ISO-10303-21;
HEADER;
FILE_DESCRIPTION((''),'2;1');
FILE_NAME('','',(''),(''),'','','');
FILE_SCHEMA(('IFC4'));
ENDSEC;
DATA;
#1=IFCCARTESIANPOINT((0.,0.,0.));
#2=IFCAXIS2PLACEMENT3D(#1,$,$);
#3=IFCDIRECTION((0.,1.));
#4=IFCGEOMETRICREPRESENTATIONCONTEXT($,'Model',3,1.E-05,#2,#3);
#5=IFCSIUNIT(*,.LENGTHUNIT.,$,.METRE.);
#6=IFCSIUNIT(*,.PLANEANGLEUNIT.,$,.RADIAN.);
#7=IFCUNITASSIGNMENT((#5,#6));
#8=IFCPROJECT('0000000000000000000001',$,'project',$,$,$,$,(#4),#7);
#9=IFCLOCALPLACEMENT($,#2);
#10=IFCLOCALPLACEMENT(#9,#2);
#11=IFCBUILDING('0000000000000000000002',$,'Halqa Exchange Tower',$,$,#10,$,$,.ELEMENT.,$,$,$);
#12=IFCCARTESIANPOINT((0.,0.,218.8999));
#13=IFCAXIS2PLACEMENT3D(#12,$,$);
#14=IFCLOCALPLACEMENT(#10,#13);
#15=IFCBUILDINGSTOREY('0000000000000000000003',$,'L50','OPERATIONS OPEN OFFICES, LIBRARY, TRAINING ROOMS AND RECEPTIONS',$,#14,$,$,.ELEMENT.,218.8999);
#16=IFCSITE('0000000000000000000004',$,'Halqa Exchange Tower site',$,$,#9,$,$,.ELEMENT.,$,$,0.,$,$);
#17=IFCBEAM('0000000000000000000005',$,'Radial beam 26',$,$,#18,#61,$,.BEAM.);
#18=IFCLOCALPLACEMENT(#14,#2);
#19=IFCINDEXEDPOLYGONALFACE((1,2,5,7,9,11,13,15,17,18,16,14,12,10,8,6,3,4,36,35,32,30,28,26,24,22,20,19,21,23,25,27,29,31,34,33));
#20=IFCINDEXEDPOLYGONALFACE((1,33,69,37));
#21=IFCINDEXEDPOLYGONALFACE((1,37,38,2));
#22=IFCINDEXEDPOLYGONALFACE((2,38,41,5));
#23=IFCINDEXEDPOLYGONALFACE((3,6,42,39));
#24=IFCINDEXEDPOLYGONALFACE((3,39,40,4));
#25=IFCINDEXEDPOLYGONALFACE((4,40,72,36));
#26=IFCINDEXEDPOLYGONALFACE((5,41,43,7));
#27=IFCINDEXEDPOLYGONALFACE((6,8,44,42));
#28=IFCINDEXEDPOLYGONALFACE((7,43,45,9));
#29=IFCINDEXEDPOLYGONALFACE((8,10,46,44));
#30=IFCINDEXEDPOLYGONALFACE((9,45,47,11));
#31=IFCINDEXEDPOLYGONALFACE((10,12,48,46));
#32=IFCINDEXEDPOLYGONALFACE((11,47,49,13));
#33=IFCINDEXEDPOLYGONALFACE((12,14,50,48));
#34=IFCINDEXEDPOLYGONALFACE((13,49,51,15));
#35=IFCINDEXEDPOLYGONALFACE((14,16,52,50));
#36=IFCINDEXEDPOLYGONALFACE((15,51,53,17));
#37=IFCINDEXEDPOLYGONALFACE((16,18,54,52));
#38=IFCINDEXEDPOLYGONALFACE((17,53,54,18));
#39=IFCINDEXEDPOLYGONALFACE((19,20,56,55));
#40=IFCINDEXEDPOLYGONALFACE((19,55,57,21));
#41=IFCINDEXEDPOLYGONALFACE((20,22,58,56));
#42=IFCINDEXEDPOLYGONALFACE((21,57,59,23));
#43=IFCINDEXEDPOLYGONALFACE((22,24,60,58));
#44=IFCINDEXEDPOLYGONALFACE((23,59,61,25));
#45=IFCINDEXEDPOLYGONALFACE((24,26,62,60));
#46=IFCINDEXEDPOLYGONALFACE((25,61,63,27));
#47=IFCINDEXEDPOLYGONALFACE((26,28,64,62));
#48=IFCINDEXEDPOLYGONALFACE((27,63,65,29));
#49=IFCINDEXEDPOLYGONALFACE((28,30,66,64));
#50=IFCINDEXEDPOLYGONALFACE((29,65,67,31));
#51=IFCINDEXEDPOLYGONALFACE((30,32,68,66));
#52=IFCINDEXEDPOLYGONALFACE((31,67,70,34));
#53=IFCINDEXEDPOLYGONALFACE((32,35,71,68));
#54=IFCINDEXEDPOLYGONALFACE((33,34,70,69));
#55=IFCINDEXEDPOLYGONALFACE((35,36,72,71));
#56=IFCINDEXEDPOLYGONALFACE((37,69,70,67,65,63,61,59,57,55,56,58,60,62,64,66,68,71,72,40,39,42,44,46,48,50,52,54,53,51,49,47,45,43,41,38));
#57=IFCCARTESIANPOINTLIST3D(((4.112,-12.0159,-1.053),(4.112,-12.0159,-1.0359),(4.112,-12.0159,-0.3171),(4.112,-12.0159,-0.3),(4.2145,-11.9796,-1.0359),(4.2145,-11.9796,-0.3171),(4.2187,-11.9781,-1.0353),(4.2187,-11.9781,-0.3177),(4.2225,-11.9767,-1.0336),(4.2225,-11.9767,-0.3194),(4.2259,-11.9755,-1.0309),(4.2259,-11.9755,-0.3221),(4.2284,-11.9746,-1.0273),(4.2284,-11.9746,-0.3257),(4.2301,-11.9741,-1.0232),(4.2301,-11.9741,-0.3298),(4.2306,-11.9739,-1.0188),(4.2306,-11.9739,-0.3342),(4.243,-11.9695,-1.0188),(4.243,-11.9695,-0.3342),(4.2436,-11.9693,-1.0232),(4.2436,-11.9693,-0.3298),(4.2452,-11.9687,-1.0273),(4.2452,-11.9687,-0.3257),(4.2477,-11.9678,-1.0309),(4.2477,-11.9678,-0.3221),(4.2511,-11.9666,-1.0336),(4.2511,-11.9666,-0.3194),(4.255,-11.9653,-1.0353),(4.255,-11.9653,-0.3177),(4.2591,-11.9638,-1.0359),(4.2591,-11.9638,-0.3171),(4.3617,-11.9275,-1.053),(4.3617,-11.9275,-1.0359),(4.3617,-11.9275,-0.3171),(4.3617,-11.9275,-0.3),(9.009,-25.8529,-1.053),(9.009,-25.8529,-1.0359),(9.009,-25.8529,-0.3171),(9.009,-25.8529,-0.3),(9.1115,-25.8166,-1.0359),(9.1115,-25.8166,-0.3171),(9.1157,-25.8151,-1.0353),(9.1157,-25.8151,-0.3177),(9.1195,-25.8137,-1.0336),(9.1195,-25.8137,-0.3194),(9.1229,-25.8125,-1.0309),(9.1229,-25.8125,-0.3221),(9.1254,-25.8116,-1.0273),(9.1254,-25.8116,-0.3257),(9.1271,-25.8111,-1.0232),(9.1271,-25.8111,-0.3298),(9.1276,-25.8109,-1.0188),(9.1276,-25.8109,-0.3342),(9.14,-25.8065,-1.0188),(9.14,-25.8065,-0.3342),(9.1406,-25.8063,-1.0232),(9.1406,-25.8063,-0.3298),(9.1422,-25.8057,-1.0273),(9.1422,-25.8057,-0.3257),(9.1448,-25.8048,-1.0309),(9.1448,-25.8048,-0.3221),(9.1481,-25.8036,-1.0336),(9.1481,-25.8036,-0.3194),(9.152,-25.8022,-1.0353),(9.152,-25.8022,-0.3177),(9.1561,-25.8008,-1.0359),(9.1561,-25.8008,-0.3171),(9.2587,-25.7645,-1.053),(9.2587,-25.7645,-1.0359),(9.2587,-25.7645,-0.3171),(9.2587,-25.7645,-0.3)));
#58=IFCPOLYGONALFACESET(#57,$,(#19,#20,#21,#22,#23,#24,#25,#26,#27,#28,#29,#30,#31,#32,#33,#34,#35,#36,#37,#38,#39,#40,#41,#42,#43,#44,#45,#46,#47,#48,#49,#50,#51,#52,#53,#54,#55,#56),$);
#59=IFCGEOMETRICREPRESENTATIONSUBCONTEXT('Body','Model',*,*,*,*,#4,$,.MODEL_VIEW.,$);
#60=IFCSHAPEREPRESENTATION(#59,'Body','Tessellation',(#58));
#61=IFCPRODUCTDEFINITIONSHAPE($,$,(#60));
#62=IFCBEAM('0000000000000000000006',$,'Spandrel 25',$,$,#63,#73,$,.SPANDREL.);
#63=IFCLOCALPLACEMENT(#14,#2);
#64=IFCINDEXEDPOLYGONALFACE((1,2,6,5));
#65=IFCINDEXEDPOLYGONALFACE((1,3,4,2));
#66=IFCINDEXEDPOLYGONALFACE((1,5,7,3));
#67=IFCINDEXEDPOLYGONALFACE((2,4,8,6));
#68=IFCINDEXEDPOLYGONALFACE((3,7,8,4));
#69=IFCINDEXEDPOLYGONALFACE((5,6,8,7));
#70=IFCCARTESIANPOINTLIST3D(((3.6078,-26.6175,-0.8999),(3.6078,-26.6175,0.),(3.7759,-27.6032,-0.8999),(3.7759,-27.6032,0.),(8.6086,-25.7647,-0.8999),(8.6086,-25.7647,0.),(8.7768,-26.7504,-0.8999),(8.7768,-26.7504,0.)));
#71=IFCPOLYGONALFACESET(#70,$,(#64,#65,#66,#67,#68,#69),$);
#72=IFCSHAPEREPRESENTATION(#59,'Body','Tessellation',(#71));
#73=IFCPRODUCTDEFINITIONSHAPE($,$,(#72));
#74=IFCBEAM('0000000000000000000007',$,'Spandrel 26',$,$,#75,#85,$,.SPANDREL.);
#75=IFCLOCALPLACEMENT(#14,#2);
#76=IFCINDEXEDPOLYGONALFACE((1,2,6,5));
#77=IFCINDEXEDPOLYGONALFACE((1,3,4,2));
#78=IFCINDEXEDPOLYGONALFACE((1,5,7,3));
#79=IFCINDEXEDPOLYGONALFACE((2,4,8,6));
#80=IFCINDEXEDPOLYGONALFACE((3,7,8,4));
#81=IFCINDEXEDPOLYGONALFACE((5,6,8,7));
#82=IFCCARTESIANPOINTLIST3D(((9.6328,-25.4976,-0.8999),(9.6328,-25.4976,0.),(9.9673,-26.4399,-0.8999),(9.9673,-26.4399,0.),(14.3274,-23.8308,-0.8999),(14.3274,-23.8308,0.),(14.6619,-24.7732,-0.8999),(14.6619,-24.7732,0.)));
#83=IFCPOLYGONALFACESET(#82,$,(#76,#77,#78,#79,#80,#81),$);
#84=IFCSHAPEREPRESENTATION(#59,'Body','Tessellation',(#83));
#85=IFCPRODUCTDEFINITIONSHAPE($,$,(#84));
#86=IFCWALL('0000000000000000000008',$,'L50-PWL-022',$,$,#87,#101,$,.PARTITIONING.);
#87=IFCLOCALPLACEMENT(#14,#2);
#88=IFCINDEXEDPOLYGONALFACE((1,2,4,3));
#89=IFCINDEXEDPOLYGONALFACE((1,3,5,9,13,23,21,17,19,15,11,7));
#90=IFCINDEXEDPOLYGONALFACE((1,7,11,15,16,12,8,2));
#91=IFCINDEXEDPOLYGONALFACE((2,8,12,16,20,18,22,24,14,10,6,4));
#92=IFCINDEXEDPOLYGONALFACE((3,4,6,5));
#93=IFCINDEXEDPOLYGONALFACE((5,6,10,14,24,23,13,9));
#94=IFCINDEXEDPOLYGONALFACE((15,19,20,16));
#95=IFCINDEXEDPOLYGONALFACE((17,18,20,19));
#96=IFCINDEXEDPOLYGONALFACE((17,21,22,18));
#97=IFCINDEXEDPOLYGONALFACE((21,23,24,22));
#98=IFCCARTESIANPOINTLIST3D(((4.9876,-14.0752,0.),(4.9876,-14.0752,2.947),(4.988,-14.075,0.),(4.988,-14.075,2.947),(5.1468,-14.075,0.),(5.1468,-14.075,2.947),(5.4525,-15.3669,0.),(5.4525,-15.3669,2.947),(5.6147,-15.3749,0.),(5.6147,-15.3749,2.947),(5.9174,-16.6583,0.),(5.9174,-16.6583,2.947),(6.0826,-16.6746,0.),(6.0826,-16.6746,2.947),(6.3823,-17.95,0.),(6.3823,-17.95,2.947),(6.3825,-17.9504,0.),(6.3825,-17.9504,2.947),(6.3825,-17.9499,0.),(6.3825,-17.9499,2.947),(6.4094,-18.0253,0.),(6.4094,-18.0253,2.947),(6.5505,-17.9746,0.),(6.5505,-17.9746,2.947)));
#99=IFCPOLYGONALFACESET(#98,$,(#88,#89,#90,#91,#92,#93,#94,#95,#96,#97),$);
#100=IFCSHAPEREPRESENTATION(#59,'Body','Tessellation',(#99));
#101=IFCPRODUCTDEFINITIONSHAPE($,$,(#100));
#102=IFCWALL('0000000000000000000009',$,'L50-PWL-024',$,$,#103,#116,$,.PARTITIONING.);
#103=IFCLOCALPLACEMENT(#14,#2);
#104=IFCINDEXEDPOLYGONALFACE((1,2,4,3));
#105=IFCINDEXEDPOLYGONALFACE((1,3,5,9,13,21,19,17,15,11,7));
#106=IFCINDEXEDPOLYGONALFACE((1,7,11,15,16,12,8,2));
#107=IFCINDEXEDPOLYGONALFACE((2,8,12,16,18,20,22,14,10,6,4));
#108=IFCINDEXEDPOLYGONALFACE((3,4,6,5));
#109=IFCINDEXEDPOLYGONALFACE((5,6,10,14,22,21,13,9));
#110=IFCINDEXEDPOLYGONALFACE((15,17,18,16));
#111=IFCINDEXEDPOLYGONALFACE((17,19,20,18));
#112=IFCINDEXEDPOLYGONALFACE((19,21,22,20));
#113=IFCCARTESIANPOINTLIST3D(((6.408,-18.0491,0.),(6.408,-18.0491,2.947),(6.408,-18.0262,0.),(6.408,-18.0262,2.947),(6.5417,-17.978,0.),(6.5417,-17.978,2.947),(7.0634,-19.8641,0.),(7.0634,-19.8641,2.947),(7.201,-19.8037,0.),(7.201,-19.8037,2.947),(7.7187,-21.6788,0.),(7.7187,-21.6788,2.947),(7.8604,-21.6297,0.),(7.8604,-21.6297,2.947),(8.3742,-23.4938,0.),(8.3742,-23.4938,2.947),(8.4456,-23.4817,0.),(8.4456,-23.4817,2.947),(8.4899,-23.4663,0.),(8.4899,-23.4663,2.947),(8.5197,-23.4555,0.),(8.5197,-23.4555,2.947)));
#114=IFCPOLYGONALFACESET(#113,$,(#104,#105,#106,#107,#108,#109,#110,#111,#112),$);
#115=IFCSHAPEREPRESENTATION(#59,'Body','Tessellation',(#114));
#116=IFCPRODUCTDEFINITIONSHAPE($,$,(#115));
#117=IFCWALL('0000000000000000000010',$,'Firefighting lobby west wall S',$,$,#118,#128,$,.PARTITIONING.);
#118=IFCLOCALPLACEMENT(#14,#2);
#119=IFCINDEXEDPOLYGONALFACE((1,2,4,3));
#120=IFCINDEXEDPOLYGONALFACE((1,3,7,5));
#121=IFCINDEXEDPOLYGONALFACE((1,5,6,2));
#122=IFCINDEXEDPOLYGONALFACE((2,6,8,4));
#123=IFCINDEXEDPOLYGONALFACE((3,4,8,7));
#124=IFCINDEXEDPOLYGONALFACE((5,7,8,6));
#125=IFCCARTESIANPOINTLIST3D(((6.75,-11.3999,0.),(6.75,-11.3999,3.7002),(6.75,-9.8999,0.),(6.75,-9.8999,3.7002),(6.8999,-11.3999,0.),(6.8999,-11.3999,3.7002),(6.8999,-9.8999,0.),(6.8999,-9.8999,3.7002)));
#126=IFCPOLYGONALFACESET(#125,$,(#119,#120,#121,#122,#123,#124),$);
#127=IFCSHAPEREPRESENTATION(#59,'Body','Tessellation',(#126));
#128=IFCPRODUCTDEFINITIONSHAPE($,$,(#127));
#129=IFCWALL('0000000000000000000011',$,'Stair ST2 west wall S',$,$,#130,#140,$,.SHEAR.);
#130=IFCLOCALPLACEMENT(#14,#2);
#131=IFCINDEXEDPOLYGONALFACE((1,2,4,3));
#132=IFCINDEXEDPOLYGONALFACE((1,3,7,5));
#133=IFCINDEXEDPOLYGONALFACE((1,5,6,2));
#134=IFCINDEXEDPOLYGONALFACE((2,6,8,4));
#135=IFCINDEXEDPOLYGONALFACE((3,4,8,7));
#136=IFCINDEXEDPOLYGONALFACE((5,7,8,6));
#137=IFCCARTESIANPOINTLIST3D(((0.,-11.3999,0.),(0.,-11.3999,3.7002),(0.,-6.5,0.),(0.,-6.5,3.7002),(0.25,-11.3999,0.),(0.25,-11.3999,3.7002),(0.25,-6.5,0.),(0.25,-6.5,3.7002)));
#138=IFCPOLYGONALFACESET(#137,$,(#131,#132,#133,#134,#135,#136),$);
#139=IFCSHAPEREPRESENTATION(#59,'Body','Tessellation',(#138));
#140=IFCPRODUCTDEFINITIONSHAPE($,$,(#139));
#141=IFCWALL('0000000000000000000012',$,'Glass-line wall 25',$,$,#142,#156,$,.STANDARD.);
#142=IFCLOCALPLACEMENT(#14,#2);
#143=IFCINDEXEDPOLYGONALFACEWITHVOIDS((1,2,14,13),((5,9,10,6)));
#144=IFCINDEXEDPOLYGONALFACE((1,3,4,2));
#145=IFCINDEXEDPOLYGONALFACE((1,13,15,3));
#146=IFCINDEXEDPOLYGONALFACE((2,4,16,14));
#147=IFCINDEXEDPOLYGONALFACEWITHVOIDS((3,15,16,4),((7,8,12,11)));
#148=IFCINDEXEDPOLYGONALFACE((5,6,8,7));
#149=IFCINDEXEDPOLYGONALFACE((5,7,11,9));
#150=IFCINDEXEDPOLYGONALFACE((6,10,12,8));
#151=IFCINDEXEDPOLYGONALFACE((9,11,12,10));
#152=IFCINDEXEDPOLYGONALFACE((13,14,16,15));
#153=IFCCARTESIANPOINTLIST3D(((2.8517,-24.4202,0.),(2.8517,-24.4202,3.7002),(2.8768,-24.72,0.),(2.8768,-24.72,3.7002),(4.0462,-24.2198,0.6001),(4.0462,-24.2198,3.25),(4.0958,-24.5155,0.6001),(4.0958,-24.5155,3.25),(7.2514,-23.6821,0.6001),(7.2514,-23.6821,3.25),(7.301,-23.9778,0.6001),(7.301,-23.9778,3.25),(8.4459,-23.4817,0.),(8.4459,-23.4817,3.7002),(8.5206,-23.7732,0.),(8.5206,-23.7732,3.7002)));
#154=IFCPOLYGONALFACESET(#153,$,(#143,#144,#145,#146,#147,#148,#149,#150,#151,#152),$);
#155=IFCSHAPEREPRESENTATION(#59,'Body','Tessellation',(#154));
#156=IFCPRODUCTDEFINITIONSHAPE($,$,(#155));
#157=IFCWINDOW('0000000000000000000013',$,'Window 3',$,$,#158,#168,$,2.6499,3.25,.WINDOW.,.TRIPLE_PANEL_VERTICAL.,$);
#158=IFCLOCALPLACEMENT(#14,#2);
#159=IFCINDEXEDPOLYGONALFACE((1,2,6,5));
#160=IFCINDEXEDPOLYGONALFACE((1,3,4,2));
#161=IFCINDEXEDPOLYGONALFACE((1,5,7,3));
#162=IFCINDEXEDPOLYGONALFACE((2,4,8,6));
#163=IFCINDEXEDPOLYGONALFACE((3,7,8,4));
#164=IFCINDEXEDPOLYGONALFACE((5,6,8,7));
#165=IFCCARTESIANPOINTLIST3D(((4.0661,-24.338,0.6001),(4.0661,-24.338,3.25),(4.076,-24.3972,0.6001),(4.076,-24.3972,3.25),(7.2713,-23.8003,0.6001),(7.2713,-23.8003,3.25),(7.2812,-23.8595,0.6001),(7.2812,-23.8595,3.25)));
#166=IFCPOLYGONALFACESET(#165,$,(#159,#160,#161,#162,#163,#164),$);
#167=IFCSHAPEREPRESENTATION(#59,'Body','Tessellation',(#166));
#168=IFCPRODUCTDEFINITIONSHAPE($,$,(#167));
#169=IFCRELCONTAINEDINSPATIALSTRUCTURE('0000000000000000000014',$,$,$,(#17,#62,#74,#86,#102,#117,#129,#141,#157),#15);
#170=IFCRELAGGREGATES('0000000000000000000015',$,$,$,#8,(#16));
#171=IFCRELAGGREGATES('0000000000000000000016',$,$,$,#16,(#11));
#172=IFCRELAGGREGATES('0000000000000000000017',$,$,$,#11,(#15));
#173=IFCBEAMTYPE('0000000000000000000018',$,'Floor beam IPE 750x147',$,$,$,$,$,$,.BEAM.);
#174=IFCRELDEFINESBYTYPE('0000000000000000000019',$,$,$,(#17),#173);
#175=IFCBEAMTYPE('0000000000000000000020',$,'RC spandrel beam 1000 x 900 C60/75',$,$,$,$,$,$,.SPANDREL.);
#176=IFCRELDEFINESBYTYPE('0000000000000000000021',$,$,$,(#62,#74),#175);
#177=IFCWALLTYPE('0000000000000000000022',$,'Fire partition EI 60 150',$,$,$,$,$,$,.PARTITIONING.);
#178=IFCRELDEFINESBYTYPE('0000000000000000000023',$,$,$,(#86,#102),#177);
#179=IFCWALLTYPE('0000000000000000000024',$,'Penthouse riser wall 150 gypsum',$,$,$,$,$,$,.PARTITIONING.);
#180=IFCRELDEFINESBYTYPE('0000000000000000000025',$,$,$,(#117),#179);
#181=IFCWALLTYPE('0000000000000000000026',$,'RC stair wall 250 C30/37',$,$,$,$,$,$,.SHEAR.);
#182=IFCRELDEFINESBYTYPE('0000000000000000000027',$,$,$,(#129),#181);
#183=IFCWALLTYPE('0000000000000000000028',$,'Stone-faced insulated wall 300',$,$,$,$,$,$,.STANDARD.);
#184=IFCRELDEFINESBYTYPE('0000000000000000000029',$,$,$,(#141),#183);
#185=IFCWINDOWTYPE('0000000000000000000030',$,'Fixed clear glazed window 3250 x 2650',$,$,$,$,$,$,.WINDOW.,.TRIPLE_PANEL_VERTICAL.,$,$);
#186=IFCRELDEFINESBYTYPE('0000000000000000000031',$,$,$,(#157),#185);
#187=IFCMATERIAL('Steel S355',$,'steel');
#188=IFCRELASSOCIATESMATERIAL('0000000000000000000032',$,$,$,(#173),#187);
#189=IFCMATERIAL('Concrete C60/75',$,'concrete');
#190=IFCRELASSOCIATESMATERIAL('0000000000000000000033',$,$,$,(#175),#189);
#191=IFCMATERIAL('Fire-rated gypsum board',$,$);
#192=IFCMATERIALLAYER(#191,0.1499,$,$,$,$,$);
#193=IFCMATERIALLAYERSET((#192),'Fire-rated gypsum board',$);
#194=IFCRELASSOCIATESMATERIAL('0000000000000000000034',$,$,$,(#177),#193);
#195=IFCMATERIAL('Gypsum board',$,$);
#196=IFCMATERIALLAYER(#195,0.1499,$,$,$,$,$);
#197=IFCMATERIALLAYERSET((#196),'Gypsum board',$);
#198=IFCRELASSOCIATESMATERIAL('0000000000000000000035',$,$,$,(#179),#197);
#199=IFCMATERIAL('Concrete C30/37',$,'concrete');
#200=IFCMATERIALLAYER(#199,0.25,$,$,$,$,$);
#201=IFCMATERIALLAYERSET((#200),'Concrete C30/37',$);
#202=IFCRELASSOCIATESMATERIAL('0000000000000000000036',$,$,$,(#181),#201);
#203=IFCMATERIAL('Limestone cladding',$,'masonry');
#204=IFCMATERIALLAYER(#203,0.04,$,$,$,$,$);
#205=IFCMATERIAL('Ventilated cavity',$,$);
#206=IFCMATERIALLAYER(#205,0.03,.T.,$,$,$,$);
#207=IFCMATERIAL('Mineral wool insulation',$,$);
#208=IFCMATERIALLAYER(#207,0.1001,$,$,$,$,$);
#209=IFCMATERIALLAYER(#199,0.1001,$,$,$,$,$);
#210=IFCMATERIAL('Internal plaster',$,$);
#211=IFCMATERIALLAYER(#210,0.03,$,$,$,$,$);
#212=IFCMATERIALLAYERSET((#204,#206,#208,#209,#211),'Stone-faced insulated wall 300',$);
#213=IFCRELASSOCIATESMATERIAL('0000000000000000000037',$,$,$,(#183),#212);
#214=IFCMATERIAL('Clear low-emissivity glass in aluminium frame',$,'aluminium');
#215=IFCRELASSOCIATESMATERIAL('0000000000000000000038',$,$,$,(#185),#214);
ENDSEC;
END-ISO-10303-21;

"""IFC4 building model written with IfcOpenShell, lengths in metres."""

from ifc_helpers import new_model, si_unit, direction, frame, frame_2d, origin, origin_2d, place, context, subcontext, project, spatial, polyline, rectangle, i_section, outline, extrude, material, layer, layer_set, material_profile, profile_set, type_object, element, fill, save


model = new_model("IFC4")

# Units and contexts
model_context = context("Model", 3, precision=1e-05, world=origin(), true_north=direction((0.0, 1.0)))
body_context = subcontext(model_context, "Body", "Model", "MODEL_VIEW")
ifc_project = project(units=[si_unit("LENGTHUNIT", "METRE"), si_unit("PLANEANGLEUNIT", "RADIAN")], contexts=[model_context])

# Site, building, storey
site_placement = place(None, origin())
site = spatial("IfcSite", under=ifc_project, at=site_placement, Name="Halqa Exchange Tower site", CompositionType="ELEMENT", RefElevation=0.0)
building_placement = place(site_placement, origin())
building = spatial("IfcBuilding", under=site, at=building_placement, Name="Halqa Exchange Tower", CompositionType="ELEMENT")
storey_placement = place(building_placement, frame((0.0, 0.0, 218.8999)))
storey = spatial("IfcBuildingStorey", under=building, at=storey_placement, Name="L50", Description="OPERATIONS OPEN OFFICES, LIBRARY, TRAINING ROOMS AND RECEPTIONS", CompositionType="ELEMENT", Elevation=218.8999)

# Shared definitions
ifc_material_1 = material(Name="Concrete C60/75", Category="concrete")

# Beams
ifc_material_2 = material(Name="Steel S355", Category="steel")
ifc_material_profile_1 = material_profile(ifc_material_2, i_section(OverallWidth=0.2649, OverallDepth=0.7529, WebThickness=0.0132, FlangeThickness=0.0171, FilletRadius=0.0171, at=origin_2d()), Name="IPE 750x147")
ifc_profile_set_1 = profile_set([ifc_material_profile_1], Name="Steel S355")
beam_type_1 = type_object("IfcBeamType", Name="Floor beam IPE 750x147", PredefinedType="BEAM", material=ifc_profile_set_1)
beam_1_placement = place(storey_placement, frame((4.2368, -11.9717, -0.6765), z_axis=(0.333629, -0.942704, 0.0), x_axis=(0.942704, 0.333629, 0.0)))
element("IfcBeam", 1, at=beam_1_placement, inside=storey, type_object=beam_type_1, Name="Radial beam 26", PredefinedType="BEAM", context=body_context, shape_type="SweptSolid", body=[
    extrude(i_section(OverallWidth=0.2649, OverallDepth=0.7529, WebThickness=0.0132, FlangeThickness=0.0171, FilletRadius=0.0171, at=origin_2d()), origin(), (0.0, 0.0, 1.0), 14.678),
])
ifc_material_profile_2 = material_profile(ifc_material_1, rectangle(XDim=1.0, YDim=0.8999, at=origin_2d()), Name="1000 x 900")
ifc_profile_set_2 = profile_set([ifc_material_profile_2], Name="Concrete C60/75")
beam_type_2 = type_object("IfcBeamType", Name="RC spandrel beam 1000 x 900 C60/75", PredefinedType="SPANDREL", material=ifc_profile_set_2)
beam_2_placement = place(storey_placement, frame((3.6919, -27.1104, -0.45), z_axis=(0.985769, 0.168105, 0.0), x_axis=(-0.168105, 0.985769, 0.0)))
element("IfcBeam", 2, at=beam_2_placement, inside=storey, type_object=beam_type_2, Name="Spandrel 25", PredefinedType="SPANDREL", context=body_context, shape_type="SweptSolid", body=[
    extrude(rectangle(XDim=1.0, YDim=0.8999, at=origin_2d()), origin(), (0.0, 0.0, 1.0), 5.073),
])
beam_3_placement = place(storey_placement, frame((9.8, -25.9688, -0.45), z_axis=(0.942369, 0.334576, 0.0), x_axis=(-0.334576, 0.942369, 0.0)))
element("IfcBeam", 3, at=beam_3_placement, inside=storey, type_object=beam_type_2, Name="Spandrel 26", PredefinedType="SPANDREL", context=body_context, shape_type="SweptSolid", body=[
    extrude(rectangle(XDim=1.0, YDim=0.8999, at=origin_2d()), origin(), (0.0, 0.0, 1.0), 4.9817),
])

# Walls
ifc_material_3 = material(Name="Fire-rated gypsum board")
ifc_layer_1 = layer(ifc_material_3, 0.1499)
ifc_layer_set_1 = layer_set([ifc_layer_1], Name="Fire-rated gypsum board")
wall_type_1 = type_object("IfcWallType", Name="Fire partition EI 60 150", PredefinedType="PARTITIONING", material=ifc_layer_set_1)
wall_1_placement = place(storey_placement, frame((5.0581, -14.0498, 0.0), z_axis=(0.0, 0.0, 1.0), x_axis=(0.338678, -0.940902, 0.0)))
element("IfcWall", 4, at=wall_1_placement, inside=storey, type_object=wall_type_1, Name="L50-PWL-022", PredefinedType="PARTITIONING", context=body_context, shape_type="SweptSolid", body=[
    extrude(outline(polyline([(0.0, -0.075), (1.3728, -0.075), (2.7454, -0.075), (4.1182, -0.075), (4.1182, -0.0747), (4.1187, -0.075), (4.1982, -0.075), (4.1982, 0.075), (2.8167, 0.075), (1.4353, 0.075), (0.0537, 0.075), (0.0, -0.0745), (0.0, -0.075)])), origin(), (0.0, 0.0, 1.0), 2.947),
])
wall_2_placement = place(storey_placement, frame((6.4712, -18.0034, 0.0), z_axis=(0.0, 0.0, 1.0), x_axis=(0.339649, -0.940552, 0.0)))
element("IfcWall", 5, at=wall_2_placement, inside=storey, type_object=wall_type_1, Name="L50-PWL-024", PredefinedType="PARTITIONING", context=body_context, shape_type="SweptSolid", body=[
    extrude(outline(polyline([(0.0215, -0.075), (1.9512, -0.075), (3.8806, -0.075), (5.8103, -0.075), (5.8232, -0.0037), (5.8237, 0.0432), (5.8237, 0.075), (3.8826, 0.075), (1.9412, 0.075), (0.0, 0.075), (0.0, -0.0671), (0.0215, -0.075)])), origin(), (0.0, 0.0, 1.0), 2.947),
])

# Shared definitions
ifc_material_4 = material(Name="Gypsum board")

# Walls
ifc_layer_2 = layer(ifc_material_4, 0.1499)
ifc_layer_set_2 = layer_set([ifc_layer_2], Name="Gypsum board")
wall_type_2 = type_object("IfcWallType", Name="Penthouse riser wall 150 gypsum", PredefinedType="PARTITIONING", material=ifc_layer_set_2)
wall_3_placement = place(storey_placement, frame((6.825, -11.3999, 0.0), z_axis=(0.0, 0.0, 1.0), x_axis=(0.0, 1.0, 0.0)))
element("IfcWall", 6, at=wall_3_placement, inside=storey, type_object=wall_type_2, Name="Firefighting lobby west wall S", PredefinedType="PARTITIONING", context=body_context, shape_type="SweptSolid", body=[
    extrude(rectangle(XDim=1.5, YDim=0.1499, at=frame_2d((0.75, 0.0))), origin(), (0.0, 0.0, 1.0), 3.7002),
])
ifc_material_5 = material(Name="Concrete C30/37", Category="concrete")
ifc_layer_3 = layer(ifc_material_5, 0.25)
ifc_layer_set_3 = layer_set([ifc_layer_3], Name="Concrete C30/37")
wall_type_3 = type_object("IfcWallType", Name="RC stair wall 250 C30/37", PredefinedType="SHEAR", material=ifc_layer_set_3)
wall_4_placement = place(storey_placement, frame((0.125, -11.3999, 0.0), z_axis=(0.0, 0.0, 1.0), x_axis=(0.0, 1.0, 0.0)))
element("IfcWall", 7, at=wall_4_placement, inside=storey, type_object=wall_type_3, Name="Stair ST2 west wall S", PredefinedType="SHEAR", context=body_context, shape_type="SweptSolid", body=[
    extrude(rectangle(XDim=4.8999, YDim=0.25, at=frame_2d((2.45, 0.0))), origin(), (0.0, 0.0, 1.0), 3.7002),
])

# Wall, opening, window
ifc_material_6 = material(Name="Limestone cladding", Category="masonry")
ifc_layer_4 = layer(ifc_material_6, 0.04)
ifc_material_7 = material(Name="Ventilated cavity")
ifc_layer_5 = layer(ifc_material_7, 0.03, ventilated=True)
ifc_material_8 = material(Name="Mineral wool insulation")
ifc_layer_6 = layer(ifc_material_8, 0.1001)
ifc_layer_7 = layer(ifc_material_5, 0.1001)
ifc_material_9 = material(Name="Internal plaster")
ifc_layer_8 = layer(ifc_material_9, 0.03)
ifc_layer_set_4 = layer_set([ifc_layer_4, ifc_layer_5, ifc_layer_6, ifc_layer_7, ifc_layer_8], Name="Stone-faced insulated wall 300")
wall_type_4 = type_object("IfcWallType", Name="Stone-faced insulated wall 300", PredefinedType="STANDARD", material=ifc_layer_set_4)
wall_5_placement = place(storey_placement, frame((2.8643, -24.5701, 0.0), z_axis=(0.0, 0.0, 1.0), x_axis=(0.986218, 0.165448, 0.0)))
wall_5 = element("IfcWall", 8, at=wall_5_placement, inside=storey, type_object=wall_type_4, Name="Glass-line wall 25", PredefinedType="STANDARD", context=body_context, shape_type="SweptSolid", body=[
    extrude(outline(polyline([(-0.0125, -0.1499), (5.7102, -0.1499), (5.6848, 0.1499), (0.0125, 0.1499), (-0.0125, -0.1499)])), origin(), (0.0, 0.0, 1.0), 3.7002),
])
opening_1_placement = place(wall_5_placement, frame((1.2236, 0.0, 0.6001)))
opening_1 = element("IfcOpeningElement", 9, at=opening_1_placement, cuts=wall_5, PredefinedType="OPENING", context=body_context, shape_type="SweptSolid", body=[
    extrude(rectangle(XDim=3.25, YDim=2.6499, at=frame_2d((1.625, 1.325))), frame((0.0, 0.1621, 0.0), z_axis=(0.0, -1.0, 0.0), x_axis=(1.0, 0.0, 0.0)), (0.0, 0.0, 1.0), 0.324),
])
ifc_material_10 = material(Name="Clear low-emissivity glass in aluminium frame", Category="aluminium")
window_type = type_object("IfcWindowType", Name="Fixed clear glazed window 3250 x 2650", PartitioningType="TRIPLE_PANEL_VERTICAL", PredefinedType="WINDOW", material=ifc_material_10)
window_1_placement = place(opening_1_placement, origin())
window_1 = element("IfcWindow", 10, at=window_1_placement, inside=storey, type_object=window_type, Name="Window 3", OverallHeight=2.6499, OverallWidth=3.25, PartitioningType="TRIPLE_PANEL_VERTICAL", PredefinedType="WINDOW", context=body_context, shape_type="SweptSolid", body=[
    extrude(rectangle(XDim=3.25, YDim=2.6499, at=frame_2d((1.625, 1.325))), frame((0.0, 0.03, 0.0), z_axis=(0.0, -1.0, 0.0), x_axis=(1.0, 0.0, 0.0)), (0.0, 0.0, 1.0), 0.0601),
])
fill(opening_1, window_1)

save(model, "model.ifc")
